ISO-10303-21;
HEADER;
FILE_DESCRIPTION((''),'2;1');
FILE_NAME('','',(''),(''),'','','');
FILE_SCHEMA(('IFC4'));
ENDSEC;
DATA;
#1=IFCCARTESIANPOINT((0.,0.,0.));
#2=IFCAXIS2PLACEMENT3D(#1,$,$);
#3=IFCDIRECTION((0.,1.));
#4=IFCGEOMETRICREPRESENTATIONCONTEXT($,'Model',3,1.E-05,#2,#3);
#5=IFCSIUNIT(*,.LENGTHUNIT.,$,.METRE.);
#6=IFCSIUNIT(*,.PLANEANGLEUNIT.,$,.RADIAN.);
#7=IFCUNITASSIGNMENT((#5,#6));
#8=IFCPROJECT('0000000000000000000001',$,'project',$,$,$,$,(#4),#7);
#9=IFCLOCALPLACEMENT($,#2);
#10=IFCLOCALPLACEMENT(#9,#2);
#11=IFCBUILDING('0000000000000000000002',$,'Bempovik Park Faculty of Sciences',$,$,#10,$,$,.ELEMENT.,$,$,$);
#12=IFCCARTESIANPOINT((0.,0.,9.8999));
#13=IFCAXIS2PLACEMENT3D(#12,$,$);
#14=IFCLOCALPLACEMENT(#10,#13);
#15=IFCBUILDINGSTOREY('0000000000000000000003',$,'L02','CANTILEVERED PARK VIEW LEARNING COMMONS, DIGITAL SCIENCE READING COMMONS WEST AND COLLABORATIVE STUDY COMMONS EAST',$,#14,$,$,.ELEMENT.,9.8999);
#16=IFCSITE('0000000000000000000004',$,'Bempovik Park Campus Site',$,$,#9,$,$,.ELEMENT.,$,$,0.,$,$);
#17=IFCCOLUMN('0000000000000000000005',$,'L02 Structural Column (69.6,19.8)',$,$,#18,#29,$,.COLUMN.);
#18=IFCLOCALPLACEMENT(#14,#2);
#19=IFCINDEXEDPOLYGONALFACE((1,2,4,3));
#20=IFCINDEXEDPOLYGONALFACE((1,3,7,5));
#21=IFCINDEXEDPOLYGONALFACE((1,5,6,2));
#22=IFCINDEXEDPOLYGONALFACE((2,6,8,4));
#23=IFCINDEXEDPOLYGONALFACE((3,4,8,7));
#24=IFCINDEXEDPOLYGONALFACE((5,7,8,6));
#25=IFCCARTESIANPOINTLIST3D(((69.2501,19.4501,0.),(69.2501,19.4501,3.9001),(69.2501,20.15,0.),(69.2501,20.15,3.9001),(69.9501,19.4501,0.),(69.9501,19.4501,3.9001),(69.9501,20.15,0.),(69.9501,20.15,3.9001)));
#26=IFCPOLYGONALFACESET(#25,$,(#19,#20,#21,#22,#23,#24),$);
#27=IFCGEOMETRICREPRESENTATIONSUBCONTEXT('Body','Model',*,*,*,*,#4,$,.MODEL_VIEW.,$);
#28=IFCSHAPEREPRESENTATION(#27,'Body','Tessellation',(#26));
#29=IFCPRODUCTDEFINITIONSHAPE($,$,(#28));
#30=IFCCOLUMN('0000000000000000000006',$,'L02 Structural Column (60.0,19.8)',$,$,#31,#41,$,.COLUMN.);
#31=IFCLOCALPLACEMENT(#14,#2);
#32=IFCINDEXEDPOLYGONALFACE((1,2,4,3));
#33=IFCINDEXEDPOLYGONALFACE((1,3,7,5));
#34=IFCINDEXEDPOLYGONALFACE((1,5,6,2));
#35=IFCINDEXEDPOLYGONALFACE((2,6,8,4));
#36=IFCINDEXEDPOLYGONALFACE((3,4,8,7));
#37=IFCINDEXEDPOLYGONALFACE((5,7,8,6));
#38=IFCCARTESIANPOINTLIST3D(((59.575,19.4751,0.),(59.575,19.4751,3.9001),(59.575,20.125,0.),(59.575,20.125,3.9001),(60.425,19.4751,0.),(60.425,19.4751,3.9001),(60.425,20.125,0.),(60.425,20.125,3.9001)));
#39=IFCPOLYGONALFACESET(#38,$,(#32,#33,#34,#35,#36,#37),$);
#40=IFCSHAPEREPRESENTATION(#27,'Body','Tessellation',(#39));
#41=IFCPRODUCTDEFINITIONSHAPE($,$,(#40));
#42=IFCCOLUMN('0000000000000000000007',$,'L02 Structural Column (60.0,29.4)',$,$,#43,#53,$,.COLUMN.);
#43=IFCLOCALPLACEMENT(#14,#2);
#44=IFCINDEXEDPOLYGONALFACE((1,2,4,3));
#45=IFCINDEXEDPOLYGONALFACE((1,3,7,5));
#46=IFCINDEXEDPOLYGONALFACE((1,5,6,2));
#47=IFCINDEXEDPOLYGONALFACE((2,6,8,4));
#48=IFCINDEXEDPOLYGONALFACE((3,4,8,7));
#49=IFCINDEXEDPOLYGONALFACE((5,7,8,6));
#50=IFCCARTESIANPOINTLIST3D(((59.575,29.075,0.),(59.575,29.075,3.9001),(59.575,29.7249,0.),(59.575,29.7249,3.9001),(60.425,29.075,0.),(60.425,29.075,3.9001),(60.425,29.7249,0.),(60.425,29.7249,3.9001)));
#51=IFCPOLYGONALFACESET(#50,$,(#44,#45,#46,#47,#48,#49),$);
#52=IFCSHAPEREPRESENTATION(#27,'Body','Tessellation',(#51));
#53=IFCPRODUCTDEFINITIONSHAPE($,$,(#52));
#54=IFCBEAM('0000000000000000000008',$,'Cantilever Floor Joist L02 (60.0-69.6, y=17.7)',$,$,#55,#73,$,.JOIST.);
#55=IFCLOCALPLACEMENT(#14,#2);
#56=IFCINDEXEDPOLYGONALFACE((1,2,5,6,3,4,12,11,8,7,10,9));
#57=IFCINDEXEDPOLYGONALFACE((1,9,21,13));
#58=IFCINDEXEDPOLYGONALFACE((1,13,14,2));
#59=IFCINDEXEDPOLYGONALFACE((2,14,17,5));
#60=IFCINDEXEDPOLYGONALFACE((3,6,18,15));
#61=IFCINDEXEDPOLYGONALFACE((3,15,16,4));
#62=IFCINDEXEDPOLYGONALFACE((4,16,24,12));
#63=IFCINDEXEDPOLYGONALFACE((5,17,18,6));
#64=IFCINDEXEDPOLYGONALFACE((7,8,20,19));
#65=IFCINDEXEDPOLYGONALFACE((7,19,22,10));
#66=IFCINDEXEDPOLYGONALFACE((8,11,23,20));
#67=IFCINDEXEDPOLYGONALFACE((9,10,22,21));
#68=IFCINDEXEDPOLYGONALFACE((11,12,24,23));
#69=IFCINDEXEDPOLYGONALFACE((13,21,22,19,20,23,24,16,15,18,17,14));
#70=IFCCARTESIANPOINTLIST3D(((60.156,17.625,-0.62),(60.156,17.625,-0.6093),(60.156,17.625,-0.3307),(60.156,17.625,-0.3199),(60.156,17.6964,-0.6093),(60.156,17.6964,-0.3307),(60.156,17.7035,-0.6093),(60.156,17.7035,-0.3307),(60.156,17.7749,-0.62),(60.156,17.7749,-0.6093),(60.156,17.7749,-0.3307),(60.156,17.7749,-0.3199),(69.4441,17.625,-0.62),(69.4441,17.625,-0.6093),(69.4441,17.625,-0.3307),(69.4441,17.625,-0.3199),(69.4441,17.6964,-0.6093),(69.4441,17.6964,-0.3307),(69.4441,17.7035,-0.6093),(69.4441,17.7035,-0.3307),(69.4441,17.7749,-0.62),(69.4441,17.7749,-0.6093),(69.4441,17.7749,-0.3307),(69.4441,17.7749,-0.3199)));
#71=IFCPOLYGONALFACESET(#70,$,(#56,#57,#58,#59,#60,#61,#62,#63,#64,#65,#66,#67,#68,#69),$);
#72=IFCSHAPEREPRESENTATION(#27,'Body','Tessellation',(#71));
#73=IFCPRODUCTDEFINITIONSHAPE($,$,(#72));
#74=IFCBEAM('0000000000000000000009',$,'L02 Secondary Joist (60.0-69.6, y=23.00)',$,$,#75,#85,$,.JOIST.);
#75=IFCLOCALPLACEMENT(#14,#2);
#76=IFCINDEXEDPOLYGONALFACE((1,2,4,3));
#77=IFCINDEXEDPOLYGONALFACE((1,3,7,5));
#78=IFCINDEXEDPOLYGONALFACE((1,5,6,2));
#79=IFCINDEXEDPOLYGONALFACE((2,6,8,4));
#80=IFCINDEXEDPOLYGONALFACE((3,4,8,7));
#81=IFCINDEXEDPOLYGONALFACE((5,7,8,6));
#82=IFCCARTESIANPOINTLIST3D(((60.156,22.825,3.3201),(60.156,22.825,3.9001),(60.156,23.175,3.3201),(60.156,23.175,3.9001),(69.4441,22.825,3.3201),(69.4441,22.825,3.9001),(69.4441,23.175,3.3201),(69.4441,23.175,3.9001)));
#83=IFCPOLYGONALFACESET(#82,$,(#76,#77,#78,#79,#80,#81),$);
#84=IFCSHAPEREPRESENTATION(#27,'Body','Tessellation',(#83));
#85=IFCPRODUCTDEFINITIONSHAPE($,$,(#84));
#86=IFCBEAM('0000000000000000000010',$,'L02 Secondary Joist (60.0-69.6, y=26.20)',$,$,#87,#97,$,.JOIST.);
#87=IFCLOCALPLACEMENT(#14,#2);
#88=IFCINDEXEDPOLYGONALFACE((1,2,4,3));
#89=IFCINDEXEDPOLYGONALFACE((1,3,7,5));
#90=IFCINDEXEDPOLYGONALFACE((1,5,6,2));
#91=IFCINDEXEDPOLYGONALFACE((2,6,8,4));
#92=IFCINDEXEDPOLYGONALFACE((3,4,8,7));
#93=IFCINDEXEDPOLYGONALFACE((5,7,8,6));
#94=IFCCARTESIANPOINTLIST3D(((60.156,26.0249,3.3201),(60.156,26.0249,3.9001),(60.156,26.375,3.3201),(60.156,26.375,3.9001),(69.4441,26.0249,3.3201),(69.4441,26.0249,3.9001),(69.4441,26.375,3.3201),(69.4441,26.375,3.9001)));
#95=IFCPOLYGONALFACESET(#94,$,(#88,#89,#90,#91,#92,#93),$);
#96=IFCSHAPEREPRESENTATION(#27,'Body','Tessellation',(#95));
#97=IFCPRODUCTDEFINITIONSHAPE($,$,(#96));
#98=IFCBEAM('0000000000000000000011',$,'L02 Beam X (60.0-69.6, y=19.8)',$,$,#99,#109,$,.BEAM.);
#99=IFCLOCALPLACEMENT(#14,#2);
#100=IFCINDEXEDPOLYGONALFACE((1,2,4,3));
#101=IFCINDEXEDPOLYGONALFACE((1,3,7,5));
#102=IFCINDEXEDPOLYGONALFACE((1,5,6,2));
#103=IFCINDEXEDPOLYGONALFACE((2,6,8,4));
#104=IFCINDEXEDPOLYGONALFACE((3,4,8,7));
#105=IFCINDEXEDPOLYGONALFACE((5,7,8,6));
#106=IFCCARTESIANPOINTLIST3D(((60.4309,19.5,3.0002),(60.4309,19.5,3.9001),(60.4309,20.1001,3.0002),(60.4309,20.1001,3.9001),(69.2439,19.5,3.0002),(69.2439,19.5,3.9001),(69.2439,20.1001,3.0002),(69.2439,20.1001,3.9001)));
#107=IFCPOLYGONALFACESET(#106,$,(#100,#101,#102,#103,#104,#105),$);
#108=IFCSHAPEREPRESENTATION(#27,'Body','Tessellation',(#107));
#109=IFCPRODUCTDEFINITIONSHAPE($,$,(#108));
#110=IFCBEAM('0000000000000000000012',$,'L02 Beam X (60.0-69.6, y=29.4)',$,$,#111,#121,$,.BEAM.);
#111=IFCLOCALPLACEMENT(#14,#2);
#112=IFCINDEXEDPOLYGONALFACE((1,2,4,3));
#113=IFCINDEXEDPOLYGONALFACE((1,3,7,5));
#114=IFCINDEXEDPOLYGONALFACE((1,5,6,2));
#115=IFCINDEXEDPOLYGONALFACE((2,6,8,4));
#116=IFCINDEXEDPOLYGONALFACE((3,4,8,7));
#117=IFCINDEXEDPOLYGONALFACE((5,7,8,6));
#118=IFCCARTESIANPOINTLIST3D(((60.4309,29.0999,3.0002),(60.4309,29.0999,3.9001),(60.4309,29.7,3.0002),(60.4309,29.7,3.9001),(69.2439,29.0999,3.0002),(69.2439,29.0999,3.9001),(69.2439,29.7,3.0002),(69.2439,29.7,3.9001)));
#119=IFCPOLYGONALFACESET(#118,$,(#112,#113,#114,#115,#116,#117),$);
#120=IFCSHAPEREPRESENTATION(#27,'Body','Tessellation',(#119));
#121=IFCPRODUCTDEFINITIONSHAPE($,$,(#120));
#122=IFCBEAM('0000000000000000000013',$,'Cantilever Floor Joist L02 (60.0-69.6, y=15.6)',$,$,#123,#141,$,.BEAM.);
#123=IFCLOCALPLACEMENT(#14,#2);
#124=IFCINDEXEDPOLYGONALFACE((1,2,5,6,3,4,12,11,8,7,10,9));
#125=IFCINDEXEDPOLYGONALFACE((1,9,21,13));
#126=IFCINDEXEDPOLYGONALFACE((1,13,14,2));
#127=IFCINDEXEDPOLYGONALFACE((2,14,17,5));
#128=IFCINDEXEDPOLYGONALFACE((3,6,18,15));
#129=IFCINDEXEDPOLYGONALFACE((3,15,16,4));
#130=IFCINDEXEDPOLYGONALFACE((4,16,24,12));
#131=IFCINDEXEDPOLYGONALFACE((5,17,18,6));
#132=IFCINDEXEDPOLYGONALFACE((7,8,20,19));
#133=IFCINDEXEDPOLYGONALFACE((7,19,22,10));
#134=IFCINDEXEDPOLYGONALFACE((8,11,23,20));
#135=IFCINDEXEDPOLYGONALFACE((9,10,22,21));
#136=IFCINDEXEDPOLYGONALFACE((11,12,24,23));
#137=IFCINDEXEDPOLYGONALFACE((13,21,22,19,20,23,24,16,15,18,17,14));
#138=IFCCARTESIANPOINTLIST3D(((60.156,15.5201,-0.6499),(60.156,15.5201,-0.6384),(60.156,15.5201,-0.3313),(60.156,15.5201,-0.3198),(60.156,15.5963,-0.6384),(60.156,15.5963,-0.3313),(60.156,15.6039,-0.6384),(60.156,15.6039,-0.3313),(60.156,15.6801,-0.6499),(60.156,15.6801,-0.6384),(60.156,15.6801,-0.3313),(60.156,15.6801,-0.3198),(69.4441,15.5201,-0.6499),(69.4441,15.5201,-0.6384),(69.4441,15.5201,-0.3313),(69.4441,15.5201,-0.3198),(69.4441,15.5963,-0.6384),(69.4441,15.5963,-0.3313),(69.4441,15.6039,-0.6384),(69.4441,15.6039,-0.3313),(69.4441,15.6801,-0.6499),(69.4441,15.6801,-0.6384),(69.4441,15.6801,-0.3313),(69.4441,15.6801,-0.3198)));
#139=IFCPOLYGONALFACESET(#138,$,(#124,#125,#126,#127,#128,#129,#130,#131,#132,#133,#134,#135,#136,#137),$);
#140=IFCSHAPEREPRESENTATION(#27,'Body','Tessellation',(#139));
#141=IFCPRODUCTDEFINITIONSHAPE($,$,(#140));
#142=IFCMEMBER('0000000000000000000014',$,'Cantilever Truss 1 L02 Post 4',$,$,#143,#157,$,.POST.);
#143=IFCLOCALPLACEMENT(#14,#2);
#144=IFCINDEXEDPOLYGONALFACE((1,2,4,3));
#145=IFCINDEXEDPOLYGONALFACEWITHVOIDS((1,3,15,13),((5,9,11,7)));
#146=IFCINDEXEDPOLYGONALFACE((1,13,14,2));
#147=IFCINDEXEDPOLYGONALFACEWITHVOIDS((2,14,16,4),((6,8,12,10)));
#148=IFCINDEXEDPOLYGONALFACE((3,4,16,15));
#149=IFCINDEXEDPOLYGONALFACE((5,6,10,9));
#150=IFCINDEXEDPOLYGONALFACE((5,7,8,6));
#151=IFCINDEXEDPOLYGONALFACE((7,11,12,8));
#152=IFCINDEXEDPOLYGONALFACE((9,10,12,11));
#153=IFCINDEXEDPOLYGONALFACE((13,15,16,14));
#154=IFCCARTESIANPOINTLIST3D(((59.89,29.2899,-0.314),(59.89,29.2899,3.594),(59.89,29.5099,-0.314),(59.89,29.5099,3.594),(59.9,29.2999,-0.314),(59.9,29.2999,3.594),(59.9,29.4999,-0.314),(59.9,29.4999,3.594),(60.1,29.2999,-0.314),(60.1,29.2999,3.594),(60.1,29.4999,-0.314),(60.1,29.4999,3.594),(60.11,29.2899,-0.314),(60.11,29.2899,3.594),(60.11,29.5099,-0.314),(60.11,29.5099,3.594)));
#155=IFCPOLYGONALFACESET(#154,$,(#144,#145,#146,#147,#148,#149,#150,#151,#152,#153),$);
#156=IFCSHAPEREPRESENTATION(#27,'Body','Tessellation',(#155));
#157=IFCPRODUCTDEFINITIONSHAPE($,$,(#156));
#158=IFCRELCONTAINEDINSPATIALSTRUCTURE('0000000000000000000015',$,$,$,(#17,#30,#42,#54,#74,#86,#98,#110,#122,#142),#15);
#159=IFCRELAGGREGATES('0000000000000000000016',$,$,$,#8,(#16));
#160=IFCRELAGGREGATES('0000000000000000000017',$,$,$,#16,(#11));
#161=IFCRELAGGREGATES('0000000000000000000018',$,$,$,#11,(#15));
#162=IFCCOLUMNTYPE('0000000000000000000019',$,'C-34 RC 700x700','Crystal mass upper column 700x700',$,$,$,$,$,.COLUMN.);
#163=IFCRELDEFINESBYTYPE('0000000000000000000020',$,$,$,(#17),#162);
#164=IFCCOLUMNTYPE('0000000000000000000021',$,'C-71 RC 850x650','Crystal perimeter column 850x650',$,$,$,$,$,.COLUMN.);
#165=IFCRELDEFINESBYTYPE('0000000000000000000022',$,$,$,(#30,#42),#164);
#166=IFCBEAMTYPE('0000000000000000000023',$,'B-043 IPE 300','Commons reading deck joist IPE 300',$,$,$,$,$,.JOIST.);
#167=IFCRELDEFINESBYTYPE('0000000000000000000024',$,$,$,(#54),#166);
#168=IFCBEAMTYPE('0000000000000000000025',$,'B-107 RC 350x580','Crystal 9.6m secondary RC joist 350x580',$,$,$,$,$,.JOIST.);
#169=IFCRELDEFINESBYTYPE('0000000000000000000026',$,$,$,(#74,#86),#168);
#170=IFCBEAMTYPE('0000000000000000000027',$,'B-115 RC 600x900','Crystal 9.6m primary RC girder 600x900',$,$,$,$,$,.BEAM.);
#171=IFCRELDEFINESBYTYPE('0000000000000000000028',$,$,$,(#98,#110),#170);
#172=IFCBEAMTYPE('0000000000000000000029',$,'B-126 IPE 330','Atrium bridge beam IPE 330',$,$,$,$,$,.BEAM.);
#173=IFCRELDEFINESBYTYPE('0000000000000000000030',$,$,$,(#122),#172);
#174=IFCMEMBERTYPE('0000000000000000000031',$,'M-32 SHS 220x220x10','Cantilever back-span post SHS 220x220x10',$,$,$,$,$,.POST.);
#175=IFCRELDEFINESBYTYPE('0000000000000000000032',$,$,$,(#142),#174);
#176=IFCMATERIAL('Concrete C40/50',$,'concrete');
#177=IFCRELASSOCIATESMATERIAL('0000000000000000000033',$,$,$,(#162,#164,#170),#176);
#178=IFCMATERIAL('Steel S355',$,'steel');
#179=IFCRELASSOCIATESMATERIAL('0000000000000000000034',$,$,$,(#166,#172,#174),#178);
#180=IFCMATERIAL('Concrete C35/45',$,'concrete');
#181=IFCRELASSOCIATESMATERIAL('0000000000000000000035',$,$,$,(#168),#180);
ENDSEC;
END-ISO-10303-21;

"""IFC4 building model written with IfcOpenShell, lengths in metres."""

from ifc_helpers import new_model, si_unit, direction, frame, origin, origin_2d, place, context, subcontext, project, spatial, rectangle, hollow_rectangle, i_section, extrude, material, material_profile, profile_set, type_object, element, save


model = new_model("IFC4")

# Units and contexts
model_context = context("Model", 3, precision=1e-05, world=origin(), true_north=direction((0.0, 1.0)))
body_context = subcontext(model_context, "Body", "Model", "MODEL_VIEW")
ifc_project = project(units=[si_unit("LENGTHUNIT", "METRE"), si_unit("PLANEANGLEUNIT", "RADIAN")], contexts=[model_context])

# Site, building, storey
site_placement = place(None, origin())
site = spatial("IfcSite", under=ifc_project, at=site_placement, Name="Bempovik Park Campus Site", CompositionType="ELEMENT", RefElevation=0.0)
building_placement = place(site_placement, origin())
building = spatial("IfcBuilding", under=site, at=building_placement, Name="Bempovik Park Faculty of Sciences", CompositionType="ELEMENT")
storey_placement = place(building_placement, frame((0.0, 0.0, 9.8999)))
storey = spatial("IfcBuildingStorey", under=building, at=storey_placement, Name="L02", Description="CANTILEVERED PARK VIEW LEARNING COMMONS, DIGITAL SCIENCE READING COMMONS WEST AND COLLABORATIVE STUDY COMMONS EAST", CompositionType="ELEMENT", Elevation=9.8999)

# Columns
ifc_material_1 = material(Name="Concrete C40/50", Category="concrete")
ifc_material_profile_1 = material_profile(ifc_material_1, rectangle(XDim=0.7, YDim=0.7, at=origin_2d()), Name="RC 700x700")
ifc_profile_set_1 = profile_set([ifc_material_profile_1], Name="Concrete C40/50")
column_type_1 = type_object("IfcColumnType", Name="C-34 RC 700x700", Description="Crystal mass upper column 700x700", PredefinedType="COLUMN", material=ifc_profile_set_1)
column_placement = place(storey_placement, frame((69.6001, 19.8, 0.0), z_axis=(0.0, 0.0, 1.0), x_axis=(1.0, 0.0, 0.0)))
element("IfcColumn", 1, at=column_placement, inside=storey, type_object=column_type_1, Name="L02 Structural Column (69.6,19.8)", PredefinedType="COLUMN", context=body_context, shape_type="SweptSolid", body=[
    extrude(rectangle(XDim=0.7, YDim=0.7, at=origin_2d()), origin(), (0.0, 0.0, 1.0), 3.9001),
])
ifc_material_profile_2 = material_profile(ifc_material_1, rectangle(XDim=0.8501, YDim=0.6499, at=origin_2d()), Name="RC 850x650")
ifc_profile_set_2 = profile_set([ifc_material_profile_2], Name="Concrete C40/50")
column_type_2 = type_object("IfcColumnType", Name="C-71 RC 850x650", Description="Crystal perimeter column 850x650", PredefinedType="COLUMN", material=ifc_profile_set_2)
for number, where, z_axis, x_axis, name in (
    (2, (60.0, 19.8, 0.0), (0.0, 0.0, 1.0), (1.0, 0.0, 0.0), "L02 Structural Column (60.0,19.8)"),
    (3, (60.0, 29.3999, 0.0), (0.0, 0.0, 1.0), (1.0, 0.0, 0.0), "L02 Structural Column (60.0,29.4)"),
):
    element("IfcColumn", number, at=place(storey_placement, frame(where, z_axis=z_axis, x_axis=x_axis)), inside=storey, type_object=column_type_2, Name=name, PredefinedType="COLUMN", context=body_context, shape_type="SweptSolid", body=[
        extrude(rectangle(XDim=0.8501, YDim=0.6499, at=origin_2d()), origin(), (0.0, 0.0, 1.0), 3.9001),
    ])

# Beams
ifc_material_2 = material(Name="Steel S355", Category="steel")
ifc_material_profile_3 = material_profile(ifc_material_2, i_section(OverallWidth=0.1499, OverallDepth=0.3, WebThickness=0.0071, FlangeThickness=0.0107, at=origin_2d()), Name="IPE 300")
ifc_profile_set_3 = profile_set([ifc_material_profile_3], Name="Steel S355")
beam_type_1 = type_object("IfcBeamType", Name="B-043 IPE 300", Description="Commons reading deck joist IPE 300", PredefinedType="JOIST", material=ifc_profile_set_3)
beam_1_placement = place(storey_placement, frame((60.156, 17.7, -0.47), z_axis=(1.0, 0.0, 0.0), x_axis=(0.0, 1.0, 0.0)))
element("IfcBeam", 4, at=beam_1_placement, inside=storey, type_object=beam_type_1, Name="Cantilever Floor Joist L02 (60.0-69.6, y=17.7)", PredefinedType="JOIST", context=body_context, shape_type="SweptSolid", body=[
    extrude(i_section(OverallWidth=0.1499, OverallDepth=0.3, WebThickness=0.0071, FlangeThickness=0.0107, at=origin_2d()), origin(), (0.0, 0.0, 1.0), 9.2881),
])
ifc_material_3 = material(Name="Concrete C35/45", Category="concrete")
ifc_material_profile_4 = material_profile(ifc_material_3, rectangle(XDim=0.3501, YDim=0.5801, at=origin_2d()), Name="RC 350x580")
ifc_profile_set_4 = profile_set([ifc_material_profile_4], Name="Concrete C35/45")
beam_type_2 = type_object("IfcBeamType", Name="B-107 RC 350x580", Description="Crystal 9.6m secondary RC joist 350x580", PredefinedType="JOIST", material=ifc_profile_set_4)
for number, where, z_axis, x_axis, name in (
    (5, (60.156, 23.0, 3.6101), (1.0, 0.0, 0.0), (0.0, 1.0, 0.0), "L02 Secondary Joist (60.0-69.6, y=23.00)"),
    (6, (60.156, 26.2, 3.6101), (1.0, 0.0, 0.0), (0.0, 1.0, 0.0), "L02 Secondary Joist (60.0-69.6, y=26.20)"),
):
    element("IfcBeam", number, at=place(storey_placement, frame(where, z_axis=z_axis, x_axis=x_axis)), inside=storey, type_object=beam_type_2, Name=name, PredefinedType="JOIST", context=body_context, shape_type="SweptSolid", body=[
        extrude(rectangle(XDim=0.3501, YDim=0.5801, at=origin_2d()), origin(), (0.0, 0.0, 1.0), 9.2881),
    ])
ifc_material_profile_5 = material_profile(ifc_material_1, rectangle(XDim=0.6001, YDim=0.8999, at=origin_2d()), Name="RC 600x900")
ifc_profile_set_5 = profile_set([ifc_material_profile_5], Name="Concrete C40/50")
beam_type_3 = type_object("IfcBeamType", Name="B-115 RC 600x900", Description="Crystal 9.6m primary RC girder 600x900", PredefinedType="BEAM", material=ifc_profile_set_5)
for number, where, z_axis, x_axis, name in (
    (7, (60.4309, 19.8, 3.4502), (1.0, 0.0, 0.0), (0.0, 1.0, 0.0), "L02 Beam X (60.0-69.6, y=19.8)"),
    (8, (60.4309, 29.3999, 3.4502), (1.0, 0.0, 0.0), (0.0, 1.0, 0.0), "L02 Beam X (60.0-69.6, y=29.4)"),
):
    element("IfcBeam", number, at=place(storey_placement, frame(where, z_axis=z_axis, x_axis=x_axis)), inside=storey, type_object=beam_type_3, Name=name, PredefinedType="BEAM", context=body_context, shape_type="SweptSolid", body=[
        extrude(rectangle(XDim=0.6001, YDim=0.8999, at=origin_2d()), origin(), (0.0, 0.0, 1.0), 8.813),
    ])
ifc_material_profile_6 = material_profile(ifc_material_2, i_section(OverallWidth=0.1599, OverallDepth=0.3301, WebThickness=0.0076, FlangeThickness=0.0115, at=origin_2d()), Name="IPE 330")
ifc_profile_set_6 = profile_set([ifc_material_profile_6], Name="Steel S355")
beam_type_4 = type_object("IfcBeamType", Name="B-126 IPE 330", Description="Atrium bridge beam IPE 330", PredefinedType="BEAM", material=ifc_profile_set_6)
beam_2_placement = place(storey_placement, frame((60.156, 15.6001, -0.4849), z_axis=(1.0, 0.0, 0.0), x_axis=(0.0, 1.0, 0.0)))
element("IfcBeam", 9, at=beam_2_placement, inside=storey, type_object=beam_type_4, Name="Cantilever Floor Joist L02 (60.0-69.6, y=15.6)", PredefinedType="BEAM", context=body_context, shape_type="SweptSolid", body=[
    extrude(i_section(OverallWidth=0.1599, OverallDepth=0.3301, WebThickness=0.0076, FlangeThickness=0.0115, at=origin_2d()), origin(), (0.0, 0.0, 1.0), 9.2881),
])

# Member
ifc_material_profile_7 = material_profile(ifc_material_2, hollow_rectangle(XDim=0.22, YDim=0.22, WallThickness=0.01, at=origin_2d()), Name="SHS 220x220x10")
ifc_profile_set_7 = profile_set([ifc_material_profile_7], Name="Steel S355")
member_type_1 = type_object("IfcMemberType", Name="M-32 SHS 220x220x10", Description="Cantilever back-span post SHS 220x220x10", PredefinedType="POST", material=ifc_profile_set_7)
member_placement = place(storey_placement, frame((60.0, 29.3999, -0.314), z_axis=(0.0, 0.0, 1.0), x_axis=(1.0, 0.0, 0.0)))
element("IfcMember", 10, at=member_placement, inside=storey, type_object=member_type_1, Name="Cantilever Truss 1 L02 Post 4", PredefinedType="POST", context=body_context, shape_type="SweptSolid", body=[
    extrude(hollow_rectangle(XDim=0.22, YDim=0.22, WallThickness=0.01, at=origin_2d()), origin(), (0.0, 0.0, 1.0), 3.908),
])

save(model, "model.ifc")
